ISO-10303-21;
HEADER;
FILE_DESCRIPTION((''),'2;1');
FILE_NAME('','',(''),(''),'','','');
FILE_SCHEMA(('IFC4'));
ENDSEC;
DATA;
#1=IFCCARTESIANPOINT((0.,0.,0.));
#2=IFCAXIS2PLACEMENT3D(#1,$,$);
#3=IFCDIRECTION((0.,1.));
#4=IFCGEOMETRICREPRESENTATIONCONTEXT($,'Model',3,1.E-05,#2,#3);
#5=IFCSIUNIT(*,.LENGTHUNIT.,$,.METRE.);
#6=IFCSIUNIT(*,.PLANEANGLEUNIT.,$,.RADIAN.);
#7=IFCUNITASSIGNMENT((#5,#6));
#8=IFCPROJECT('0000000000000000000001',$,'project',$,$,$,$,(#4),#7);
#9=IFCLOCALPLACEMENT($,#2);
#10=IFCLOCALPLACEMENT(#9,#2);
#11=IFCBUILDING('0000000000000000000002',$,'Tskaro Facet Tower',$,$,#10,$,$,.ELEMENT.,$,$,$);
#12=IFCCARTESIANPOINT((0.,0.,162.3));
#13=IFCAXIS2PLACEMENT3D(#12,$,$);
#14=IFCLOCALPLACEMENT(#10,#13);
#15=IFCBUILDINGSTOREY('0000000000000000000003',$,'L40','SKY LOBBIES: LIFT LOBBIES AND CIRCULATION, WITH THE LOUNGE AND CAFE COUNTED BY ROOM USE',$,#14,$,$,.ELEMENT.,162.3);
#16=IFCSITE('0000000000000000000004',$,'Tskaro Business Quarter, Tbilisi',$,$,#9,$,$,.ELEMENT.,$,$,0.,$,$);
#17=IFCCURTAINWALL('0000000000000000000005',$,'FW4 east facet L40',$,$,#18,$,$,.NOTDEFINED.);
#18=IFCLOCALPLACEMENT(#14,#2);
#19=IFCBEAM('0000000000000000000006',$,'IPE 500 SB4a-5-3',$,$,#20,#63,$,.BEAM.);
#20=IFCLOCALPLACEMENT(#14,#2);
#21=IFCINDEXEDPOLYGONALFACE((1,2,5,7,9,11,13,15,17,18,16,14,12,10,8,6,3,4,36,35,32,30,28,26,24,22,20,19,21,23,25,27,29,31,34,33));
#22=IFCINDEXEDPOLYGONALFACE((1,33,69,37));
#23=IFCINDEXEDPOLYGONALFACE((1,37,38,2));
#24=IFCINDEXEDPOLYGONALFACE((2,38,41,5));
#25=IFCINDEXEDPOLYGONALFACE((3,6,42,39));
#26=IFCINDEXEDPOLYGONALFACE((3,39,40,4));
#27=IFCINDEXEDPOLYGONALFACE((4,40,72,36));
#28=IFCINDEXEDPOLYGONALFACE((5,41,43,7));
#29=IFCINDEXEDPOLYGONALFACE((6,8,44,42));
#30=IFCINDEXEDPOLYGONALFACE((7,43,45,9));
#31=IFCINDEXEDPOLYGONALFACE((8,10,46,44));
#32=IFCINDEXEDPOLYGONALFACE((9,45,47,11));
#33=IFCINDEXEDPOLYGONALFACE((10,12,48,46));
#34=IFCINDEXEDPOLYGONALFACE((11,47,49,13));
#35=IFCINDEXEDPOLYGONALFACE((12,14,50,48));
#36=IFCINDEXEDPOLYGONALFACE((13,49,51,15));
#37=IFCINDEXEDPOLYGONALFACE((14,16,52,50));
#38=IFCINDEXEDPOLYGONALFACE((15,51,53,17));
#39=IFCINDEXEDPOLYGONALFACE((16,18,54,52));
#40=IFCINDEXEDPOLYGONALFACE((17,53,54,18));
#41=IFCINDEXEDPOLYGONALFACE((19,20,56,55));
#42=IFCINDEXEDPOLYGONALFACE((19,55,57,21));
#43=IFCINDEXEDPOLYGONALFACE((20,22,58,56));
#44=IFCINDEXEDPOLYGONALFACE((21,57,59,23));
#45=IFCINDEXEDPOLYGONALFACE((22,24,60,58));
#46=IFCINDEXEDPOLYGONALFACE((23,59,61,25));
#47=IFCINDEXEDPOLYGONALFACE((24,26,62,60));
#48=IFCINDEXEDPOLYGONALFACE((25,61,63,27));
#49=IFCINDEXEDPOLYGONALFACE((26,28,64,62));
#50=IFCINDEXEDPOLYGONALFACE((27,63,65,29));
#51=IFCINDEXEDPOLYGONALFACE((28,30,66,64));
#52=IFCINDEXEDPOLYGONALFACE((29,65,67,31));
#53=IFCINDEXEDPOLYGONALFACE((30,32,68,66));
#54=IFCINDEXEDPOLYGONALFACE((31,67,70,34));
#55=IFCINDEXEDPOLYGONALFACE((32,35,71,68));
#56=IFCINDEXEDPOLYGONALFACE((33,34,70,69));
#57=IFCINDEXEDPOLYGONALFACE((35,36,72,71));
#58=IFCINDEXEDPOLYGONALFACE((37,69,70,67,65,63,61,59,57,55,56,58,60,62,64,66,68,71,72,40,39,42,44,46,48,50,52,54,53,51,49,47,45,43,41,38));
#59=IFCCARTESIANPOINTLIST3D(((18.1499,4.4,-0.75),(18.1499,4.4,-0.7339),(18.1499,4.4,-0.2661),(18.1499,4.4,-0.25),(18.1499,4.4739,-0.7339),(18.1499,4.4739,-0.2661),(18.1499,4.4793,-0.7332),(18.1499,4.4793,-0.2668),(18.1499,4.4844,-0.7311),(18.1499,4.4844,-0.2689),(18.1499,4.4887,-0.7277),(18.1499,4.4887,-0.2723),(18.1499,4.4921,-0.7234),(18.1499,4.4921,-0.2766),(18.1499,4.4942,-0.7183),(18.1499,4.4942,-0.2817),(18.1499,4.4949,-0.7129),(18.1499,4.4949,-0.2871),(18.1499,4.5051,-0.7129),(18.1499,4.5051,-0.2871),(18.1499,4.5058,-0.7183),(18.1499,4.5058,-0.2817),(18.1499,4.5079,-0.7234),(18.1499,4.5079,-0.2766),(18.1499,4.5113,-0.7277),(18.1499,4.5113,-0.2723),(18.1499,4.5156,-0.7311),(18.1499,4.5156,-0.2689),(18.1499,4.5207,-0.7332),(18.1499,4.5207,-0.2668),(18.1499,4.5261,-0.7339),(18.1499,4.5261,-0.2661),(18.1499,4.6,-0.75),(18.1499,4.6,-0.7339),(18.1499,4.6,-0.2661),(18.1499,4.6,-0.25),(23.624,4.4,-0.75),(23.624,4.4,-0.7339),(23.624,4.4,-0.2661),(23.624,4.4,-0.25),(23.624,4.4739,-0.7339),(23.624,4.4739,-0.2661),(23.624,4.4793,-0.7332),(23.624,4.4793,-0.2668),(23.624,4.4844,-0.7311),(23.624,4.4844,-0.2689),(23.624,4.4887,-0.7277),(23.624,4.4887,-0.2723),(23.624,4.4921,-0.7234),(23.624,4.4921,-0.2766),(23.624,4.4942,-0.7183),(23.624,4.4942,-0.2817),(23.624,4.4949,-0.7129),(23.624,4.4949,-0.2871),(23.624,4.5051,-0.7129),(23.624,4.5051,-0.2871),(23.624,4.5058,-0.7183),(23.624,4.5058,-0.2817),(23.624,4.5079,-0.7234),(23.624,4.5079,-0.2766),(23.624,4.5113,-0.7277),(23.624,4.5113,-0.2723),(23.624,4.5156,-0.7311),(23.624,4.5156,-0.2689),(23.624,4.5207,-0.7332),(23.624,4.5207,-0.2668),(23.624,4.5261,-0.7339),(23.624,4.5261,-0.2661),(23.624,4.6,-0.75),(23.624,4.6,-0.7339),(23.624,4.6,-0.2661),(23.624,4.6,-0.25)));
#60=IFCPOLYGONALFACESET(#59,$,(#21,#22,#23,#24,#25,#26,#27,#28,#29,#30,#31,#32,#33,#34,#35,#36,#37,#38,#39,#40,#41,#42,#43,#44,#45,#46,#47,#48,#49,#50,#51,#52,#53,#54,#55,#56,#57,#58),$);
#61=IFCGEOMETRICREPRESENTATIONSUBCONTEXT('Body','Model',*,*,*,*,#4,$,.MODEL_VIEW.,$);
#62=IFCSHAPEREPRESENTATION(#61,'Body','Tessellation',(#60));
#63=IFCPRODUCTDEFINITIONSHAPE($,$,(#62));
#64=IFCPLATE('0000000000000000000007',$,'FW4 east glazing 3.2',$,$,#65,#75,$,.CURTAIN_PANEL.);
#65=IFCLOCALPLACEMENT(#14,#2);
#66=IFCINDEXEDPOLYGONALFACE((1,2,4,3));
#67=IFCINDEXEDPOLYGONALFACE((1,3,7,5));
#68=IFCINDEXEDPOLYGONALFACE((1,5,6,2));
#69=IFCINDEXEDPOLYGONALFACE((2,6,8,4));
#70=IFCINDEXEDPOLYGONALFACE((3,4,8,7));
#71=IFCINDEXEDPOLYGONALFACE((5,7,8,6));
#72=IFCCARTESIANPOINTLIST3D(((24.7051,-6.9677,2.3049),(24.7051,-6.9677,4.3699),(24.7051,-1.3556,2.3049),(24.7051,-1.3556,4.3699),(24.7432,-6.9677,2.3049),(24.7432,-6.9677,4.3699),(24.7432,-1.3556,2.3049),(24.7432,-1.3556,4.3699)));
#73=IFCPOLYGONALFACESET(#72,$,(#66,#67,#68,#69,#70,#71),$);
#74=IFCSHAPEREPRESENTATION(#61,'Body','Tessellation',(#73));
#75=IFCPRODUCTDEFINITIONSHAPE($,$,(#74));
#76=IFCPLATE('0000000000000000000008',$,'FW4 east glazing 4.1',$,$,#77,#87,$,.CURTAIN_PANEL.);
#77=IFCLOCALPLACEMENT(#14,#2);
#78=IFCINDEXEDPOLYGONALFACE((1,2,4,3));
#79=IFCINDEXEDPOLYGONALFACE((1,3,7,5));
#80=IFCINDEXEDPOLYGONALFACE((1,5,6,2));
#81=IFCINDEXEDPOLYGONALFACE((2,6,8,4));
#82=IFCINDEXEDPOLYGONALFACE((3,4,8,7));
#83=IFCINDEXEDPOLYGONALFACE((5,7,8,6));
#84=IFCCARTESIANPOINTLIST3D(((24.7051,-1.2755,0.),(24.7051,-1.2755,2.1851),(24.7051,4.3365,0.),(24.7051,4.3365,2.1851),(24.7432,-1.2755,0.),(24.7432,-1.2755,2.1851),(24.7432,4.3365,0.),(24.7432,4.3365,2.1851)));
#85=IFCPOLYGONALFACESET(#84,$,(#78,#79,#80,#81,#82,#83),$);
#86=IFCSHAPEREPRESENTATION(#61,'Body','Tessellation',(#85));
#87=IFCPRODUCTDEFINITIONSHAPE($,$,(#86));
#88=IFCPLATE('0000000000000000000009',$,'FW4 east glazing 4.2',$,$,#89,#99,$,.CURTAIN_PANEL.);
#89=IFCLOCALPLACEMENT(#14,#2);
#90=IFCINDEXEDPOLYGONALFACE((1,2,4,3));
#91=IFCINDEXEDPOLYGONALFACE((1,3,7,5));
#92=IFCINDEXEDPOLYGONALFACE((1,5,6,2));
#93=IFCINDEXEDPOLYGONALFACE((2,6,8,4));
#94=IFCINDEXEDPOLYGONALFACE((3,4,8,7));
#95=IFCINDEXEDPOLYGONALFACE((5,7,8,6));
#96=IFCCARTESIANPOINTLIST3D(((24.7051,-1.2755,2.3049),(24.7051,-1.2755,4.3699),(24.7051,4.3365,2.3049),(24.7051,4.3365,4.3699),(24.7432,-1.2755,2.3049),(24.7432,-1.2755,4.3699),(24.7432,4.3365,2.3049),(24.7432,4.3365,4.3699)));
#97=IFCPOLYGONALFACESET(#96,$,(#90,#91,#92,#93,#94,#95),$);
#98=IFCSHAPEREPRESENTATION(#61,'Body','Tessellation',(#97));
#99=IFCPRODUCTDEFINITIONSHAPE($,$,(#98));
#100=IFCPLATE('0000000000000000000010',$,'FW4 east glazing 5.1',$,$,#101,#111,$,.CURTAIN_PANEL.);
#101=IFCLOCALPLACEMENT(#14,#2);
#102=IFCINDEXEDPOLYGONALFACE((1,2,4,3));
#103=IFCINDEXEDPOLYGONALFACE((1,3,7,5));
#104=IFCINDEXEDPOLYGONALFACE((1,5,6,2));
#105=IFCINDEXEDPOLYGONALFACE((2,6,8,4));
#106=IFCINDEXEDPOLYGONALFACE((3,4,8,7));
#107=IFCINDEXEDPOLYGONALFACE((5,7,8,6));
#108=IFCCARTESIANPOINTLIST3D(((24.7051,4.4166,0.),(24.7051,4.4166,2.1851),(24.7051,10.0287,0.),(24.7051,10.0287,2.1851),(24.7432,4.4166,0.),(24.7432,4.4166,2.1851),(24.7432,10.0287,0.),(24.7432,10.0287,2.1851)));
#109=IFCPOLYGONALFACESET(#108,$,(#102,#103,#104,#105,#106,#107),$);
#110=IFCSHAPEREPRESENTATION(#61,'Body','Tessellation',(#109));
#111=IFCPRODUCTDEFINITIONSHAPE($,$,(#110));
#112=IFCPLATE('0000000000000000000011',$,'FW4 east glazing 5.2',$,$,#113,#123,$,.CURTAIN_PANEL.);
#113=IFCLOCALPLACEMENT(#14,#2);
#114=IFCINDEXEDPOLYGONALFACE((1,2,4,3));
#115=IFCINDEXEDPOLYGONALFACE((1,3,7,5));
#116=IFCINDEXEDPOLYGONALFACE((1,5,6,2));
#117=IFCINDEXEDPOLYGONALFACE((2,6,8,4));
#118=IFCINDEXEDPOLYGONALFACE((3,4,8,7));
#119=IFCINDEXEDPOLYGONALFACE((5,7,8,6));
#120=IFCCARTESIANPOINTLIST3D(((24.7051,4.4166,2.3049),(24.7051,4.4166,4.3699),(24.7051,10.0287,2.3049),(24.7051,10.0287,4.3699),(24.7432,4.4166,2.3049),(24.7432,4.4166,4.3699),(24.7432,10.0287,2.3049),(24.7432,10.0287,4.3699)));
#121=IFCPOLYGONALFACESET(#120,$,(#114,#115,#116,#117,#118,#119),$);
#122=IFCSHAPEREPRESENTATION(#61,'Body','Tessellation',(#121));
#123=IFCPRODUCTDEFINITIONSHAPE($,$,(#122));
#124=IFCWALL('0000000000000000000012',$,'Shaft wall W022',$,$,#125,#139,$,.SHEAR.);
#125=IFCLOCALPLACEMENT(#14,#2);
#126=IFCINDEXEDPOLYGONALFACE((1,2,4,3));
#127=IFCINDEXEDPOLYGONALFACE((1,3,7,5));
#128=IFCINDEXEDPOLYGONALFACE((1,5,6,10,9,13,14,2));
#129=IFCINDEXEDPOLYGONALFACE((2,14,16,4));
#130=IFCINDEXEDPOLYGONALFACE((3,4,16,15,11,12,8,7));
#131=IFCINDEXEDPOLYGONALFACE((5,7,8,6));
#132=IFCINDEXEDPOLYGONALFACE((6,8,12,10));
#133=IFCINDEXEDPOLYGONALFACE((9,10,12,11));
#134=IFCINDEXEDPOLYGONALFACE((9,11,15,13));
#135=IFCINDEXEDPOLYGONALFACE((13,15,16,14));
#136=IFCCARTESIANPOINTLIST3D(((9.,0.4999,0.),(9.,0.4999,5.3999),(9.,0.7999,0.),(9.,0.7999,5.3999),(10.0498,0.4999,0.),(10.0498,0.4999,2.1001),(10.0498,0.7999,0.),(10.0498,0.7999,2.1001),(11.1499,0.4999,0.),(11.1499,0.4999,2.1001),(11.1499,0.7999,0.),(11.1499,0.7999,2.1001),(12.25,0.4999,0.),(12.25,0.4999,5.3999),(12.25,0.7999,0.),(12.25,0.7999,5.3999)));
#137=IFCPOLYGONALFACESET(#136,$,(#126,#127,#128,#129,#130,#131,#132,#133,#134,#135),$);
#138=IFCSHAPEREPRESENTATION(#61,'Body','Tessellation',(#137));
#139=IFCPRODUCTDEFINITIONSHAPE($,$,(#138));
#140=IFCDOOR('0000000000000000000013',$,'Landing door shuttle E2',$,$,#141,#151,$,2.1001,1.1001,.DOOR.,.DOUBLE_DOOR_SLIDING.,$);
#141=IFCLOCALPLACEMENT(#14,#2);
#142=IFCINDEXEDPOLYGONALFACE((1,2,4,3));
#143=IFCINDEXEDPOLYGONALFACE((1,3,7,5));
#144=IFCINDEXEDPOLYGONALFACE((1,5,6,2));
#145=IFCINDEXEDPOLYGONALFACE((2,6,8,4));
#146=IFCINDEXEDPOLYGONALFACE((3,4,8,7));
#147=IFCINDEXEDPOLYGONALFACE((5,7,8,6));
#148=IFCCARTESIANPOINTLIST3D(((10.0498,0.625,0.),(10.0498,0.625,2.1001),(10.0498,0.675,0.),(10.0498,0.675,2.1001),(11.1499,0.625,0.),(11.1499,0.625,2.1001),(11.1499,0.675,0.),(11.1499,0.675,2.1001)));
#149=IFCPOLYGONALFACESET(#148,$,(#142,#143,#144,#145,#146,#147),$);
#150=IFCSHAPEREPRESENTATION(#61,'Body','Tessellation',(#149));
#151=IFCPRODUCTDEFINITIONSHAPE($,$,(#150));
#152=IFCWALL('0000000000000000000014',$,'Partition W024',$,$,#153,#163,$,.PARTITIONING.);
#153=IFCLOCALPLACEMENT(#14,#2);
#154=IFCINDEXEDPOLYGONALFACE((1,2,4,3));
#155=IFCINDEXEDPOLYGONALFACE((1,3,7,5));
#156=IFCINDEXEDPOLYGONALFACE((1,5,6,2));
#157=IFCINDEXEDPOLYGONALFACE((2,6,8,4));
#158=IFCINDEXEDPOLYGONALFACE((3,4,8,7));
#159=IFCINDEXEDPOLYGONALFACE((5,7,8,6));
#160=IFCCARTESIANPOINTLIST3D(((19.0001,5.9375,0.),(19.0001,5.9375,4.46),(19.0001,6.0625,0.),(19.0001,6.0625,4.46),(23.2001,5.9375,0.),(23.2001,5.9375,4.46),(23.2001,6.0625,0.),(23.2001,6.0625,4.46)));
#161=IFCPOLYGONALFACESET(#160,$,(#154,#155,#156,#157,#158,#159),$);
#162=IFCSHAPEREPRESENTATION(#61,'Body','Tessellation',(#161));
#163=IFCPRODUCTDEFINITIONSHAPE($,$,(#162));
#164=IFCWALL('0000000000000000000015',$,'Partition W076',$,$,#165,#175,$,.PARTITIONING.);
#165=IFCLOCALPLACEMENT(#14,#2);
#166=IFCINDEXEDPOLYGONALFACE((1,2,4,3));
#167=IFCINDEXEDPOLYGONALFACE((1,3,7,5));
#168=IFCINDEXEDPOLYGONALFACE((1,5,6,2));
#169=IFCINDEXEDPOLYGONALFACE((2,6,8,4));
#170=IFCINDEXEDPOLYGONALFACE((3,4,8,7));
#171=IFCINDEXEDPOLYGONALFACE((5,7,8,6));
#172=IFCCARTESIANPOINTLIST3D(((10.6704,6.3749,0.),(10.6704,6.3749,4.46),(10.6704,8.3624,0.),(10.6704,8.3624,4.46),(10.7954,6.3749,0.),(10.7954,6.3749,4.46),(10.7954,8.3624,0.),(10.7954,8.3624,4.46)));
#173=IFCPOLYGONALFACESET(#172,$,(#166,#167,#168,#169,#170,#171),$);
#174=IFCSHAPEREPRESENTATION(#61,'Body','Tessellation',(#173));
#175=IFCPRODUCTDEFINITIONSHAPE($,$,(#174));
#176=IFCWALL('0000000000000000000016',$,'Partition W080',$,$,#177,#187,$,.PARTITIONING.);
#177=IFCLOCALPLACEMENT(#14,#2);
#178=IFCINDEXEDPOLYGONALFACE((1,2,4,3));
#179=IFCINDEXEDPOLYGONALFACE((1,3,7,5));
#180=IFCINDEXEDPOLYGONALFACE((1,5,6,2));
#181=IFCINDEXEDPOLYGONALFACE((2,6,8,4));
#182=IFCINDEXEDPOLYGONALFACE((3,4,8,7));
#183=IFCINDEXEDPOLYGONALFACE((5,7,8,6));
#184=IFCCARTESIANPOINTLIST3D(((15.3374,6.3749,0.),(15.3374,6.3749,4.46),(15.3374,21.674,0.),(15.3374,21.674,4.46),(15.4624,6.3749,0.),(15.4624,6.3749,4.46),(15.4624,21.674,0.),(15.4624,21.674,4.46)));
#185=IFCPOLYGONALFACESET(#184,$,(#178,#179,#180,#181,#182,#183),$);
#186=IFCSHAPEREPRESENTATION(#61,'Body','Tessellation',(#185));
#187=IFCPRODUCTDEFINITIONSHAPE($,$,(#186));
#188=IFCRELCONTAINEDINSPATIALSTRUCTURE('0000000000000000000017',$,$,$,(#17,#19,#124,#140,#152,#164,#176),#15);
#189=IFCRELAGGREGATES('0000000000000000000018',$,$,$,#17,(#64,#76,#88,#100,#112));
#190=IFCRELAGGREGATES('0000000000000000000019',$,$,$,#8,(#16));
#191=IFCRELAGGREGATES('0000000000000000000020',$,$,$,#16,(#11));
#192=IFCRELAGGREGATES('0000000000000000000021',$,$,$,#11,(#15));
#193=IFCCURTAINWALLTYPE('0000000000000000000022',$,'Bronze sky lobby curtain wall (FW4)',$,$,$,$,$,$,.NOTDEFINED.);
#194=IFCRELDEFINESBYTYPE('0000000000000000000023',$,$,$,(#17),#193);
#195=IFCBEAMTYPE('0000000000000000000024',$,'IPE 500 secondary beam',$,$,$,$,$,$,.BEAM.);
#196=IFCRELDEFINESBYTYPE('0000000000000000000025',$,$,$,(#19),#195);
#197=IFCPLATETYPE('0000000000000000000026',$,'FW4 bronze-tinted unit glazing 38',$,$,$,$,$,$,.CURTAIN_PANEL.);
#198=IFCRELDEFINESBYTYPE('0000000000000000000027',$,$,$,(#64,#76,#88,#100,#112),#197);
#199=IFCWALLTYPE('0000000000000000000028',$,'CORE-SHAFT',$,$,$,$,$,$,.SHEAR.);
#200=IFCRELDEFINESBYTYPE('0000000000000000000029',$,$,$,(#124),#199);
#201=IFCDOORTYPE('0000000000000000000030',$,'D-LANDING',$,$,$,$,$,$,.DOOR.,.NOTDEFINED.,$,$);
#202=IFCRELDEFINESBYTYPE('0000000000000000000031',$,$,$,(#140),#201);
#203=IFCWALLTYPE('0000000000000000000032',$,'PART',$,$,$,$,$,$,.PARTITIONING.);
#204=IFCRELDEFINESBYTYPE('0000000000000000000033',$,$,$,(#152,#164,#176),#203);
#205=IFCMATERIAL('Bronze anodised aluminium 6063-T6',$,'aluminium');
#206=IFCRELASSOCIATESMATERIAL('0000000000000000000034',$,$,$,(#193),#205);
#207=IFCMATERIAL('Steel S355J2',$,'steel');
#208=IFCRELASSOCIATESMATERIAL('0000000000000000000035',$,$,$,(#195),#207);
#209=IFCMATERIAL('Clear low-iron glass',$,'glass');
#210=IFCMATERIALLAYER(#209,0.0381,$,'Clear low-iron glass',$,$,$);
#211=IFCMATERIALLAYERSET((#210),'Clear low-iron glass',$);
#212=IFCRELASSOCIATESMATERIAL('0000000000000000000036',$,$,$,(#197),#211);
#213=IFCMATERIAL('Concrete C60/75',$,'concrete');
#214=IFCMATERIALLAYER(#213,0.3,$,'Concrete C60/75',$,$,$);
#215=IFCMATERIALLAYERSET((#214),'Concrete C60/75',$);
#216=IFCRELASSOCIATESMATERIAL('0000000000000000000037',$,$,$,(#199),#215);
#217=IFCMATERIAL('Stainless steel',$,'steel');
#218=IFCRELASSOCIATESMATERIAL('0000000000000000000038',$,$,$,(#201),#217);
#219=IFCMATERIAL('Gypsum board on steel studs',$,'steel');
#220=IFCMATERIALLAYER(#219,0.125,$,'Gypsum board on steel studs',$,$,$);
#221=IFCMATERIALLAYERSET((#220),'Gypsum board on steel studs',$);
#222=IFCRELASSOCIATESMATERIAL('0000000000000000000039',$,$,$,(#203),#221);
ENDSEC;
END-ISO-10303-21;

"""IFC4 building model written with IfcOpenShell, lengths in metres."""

from ifc_helpers import new_model, si_unit, direction, frame, frame_2d, origin, origin_2d, place, context, subcontext, project, spatial, rectangle, i_section, extrude, material, layer, layer_set, material_profile, profile_set, type_object, element, fill, aggregate, save


model = new_model("IFC4")

# Units and contexts
model_context = context("Model", 3, precision=1e-05, world=origin(), true_north=direction((0.0, 1.0)))
body_context = subcontext(model_context, "Body", "Model", "MODEL_VIEW")
ifc_project = project(units=[si_unit("LENGTHUNIT", "METRE"), si_unit("PLANEANGLEUNIT", "RADIAN")], contexts=[model_context])

# Site, building, storey
site_placement = place(None, origin())
site = spatial("IfcSite", under=ifc_project, at=site_placement, Name="Tskaro Business Quarter, Tbilisi", CompositionType="ELEMENT", RefElevation=0.0)
building_placement = place(site_placement, origin())
building = spatial("IfcBuilding", under=site, at=building_placement, Name="Tskaro Facet Tower", CompositionType="ELEMENT")
storey_placement = place(building_placement, frame((0.0, 0.0, 162.3)))
storey = spatial("IfcBuildingStorey", under=building, at=storey_placement, Name="L40", Description="SKY LOBBIES: LIFT LOBBIES AND CIRCULATION, WITH THE LOUNGE AND CAFE COUNTED BY ROOM USE", CompositionType="ELEMENT", Elevation=162.3)

# Curtain wall
ifc_material_1 = material(Name="Bronze anodised aluminium 6063-T6", Category="aluminium")
curtain_wall_type = type_object("IfcCurtainWallType", Name="Bronze sky lobby curtain wall (FW4)", PredefinedType="NOTDEFINED", material=ifc_material_1)
curtain_wall_placement = place(storey_placement, origin())
curtain_wall = element("IfcCurtainWall", 1, at=curtain_wall_placement, inside=storey, type_object=curtain_wall_type, Name="FW4 east facet L40", PredefinedType="NOTDEFINED")

# Beam
ifc_material_2 = material(Name="Steel S355J2", Category="steel")
ifc_material_profile_1 = material_profile(ifc_material_2, i_section(OverallWidth=0.2, OverallDepth=0.5, WebThickness=0.0103, FlangeThickness=0.0161, FilletRadius=0.021, at=origin_2d()), Name="IPE 500")
ifc_profile_set_1 = profile_set([ifc_material_profile_1], Name="Steel S355J2")
beam_type_1 = type_object("IfcBeamType", Name="IPE 500 secondary beam", PredefinedType="BEAM", material=ifc_profile_set_1)
beam_1_placement = place(storey_placement, frame((18.1499, 4.5, -0.5), z_axis=(1.0, 0.0, 0.0), x_axis=(0.0, 1.0, 0.0)))
element("IfcBeam", 2, at=beam_1_placement, inside=storey, type_object=beam_type_1, Name="IPE 500 SB4a-5-3", PredefinedType="BEAM", context=body_context, shape_type="SweptSolid", body=[
    extrude(i_section(OverallWidth=0.2, OverallDepth=0.5, WebThickness=0.0103, FlangeThickness=0.0161, FilletRadius=0.021, at=origin_2d()), origin(), (0.0, 0.0, 1.0), 5.4741),
])

# Plates
ifc_material_3 = material(Name="Clear low-iron glass", Category="glass")
ifc_layer_1 = layer(ifc_material_3, 0.0381, Name="Clear low-iron glass")
ifc_layer_set_1 = layer_set([ifc_layer_1], Name="Clear low-iron glass")
plate_type = type_object("IfcPlateType", Name="FW4 bronze-tinted unit glazing 38", PredefinedType="CURTAIN_PANEL", material=ifc_layer_set_1)
plate_1_placement = place(storey_placement, frame((24.7241, -4.1616, 2.3049), z_axis=(0.0, 0.0, 1.0), x_axis=(0.0, 1.0, 0.0)))
plate_1 = element("IfcPlate", 3, at=plate_1_placement, type_object=plate_type, Name="FW4 east glazing 3.2", PredefinedType="CURTAIN_PANEL", context=body_context, shape_type="SweptSolid", body=[
    extrude(rectangle(XDim=5.6121, YDim=0.0381, at=origin_2d()), origin(), (0.0, 0.0, 1.0), 2.0649),
])
plate_2_placement = place(storey_placement, frame((24.7241, 1.5305, 0.0), z_axis=(0.0, 0.0, 1.0), x_axis=(0.0, 1.0, 0.0)))
plate_2 = element("IfcPlate", 4, at=plate_2_placement, type_object=plate_type, Name="FW4 east glazing 4.1", PredefinedType="CURTAIN_PANEL", context=body_context, shape_type="SweptSolid", body=[
    extrude(rectangle(XDim=5.6121, YDim=0.0381, at=origin_2d()), origin(), (0.0, 0.0, 1.0), 2.1851),
])
plate_3_placement = place(storey_placement, frame((24.7241, 1.5305, 2.3049), z_axis=(0.0, 0.0, 1.0), x_axis=(0.0, 1.0, 0.0)))
plate_3 = element("IfcPlate", 5, at=plate_3_placement, type_object=plate_type, Name="FW4 east glazing 4.2", PredefinedType="CURTAIN_PANEL", context=body_context, shape_type="SweptSolid", body=[
    extrude(rectangle(XDim=5.6121, YDim=0.0381, at=origin_2d()), origin(), (0.0, 0.0, 1.0), 2.0649),
])
plate_4_placement = place(storey_placement, frame((24.7241, 7.2227, 0.0), z_axis=(0.0, 0.0, 1.0), x_axis=(0.0, 1.0, 0.0)))
plate_4 = element("IfcPlate", 6, at=plate_4_placement, type_object=plate_type, Name="FW4 east glazing 5.1", PredefinedType="CURTAIN_PANEL", context=body_context, shape_type="SweptSolid", body=[
    extrude(rectangle(XDim=5.6121, YDim=0.0381, at=origin_2d()), origin(), (0.0, 0.0, 1.0), 2.1851),
])
plate_5_placement = place(storey_placement, frame((24.7241, 7.2227, 2.3049), z_axis=(0.0, 0.0, 1.0), x_axis=(0.0, 1.0, 0.0)))
plate_5 = element("IfcPlate", 7, at=plate_5_placement, type_object=plate_type, Name="FW4 east glazing 5.2", PredefinedType="CURTAIN_PANEL", context=body_context, shape_type="SweptSolid", body=[
    extrude(rectangle(XDim=5.6121, YDim=0.0381, at=origin_2d()), origin(), (0.0, 0.0, 1.0), 2.0649),
])
aggregate(curtain_wall, [plate_1, plate_2, plate_3, plate_4, plate_5])

# Wall, opening, door
ifc_material_4 = material(Name="Concrete C60/75", Category="concrete")
ifc_layer_2 = layer(ifc_material_4, 0.3, Name="Concrete C60/75")
ifc_layer_set_2 = layer_set([ifc_layer_2], Name="Concrete C60/75")
wall_type_1 = type_object("IfcWallType", Name="CORE-SHAFT", PredefinedType="SHEAR", material=ifc_layer_set_2)
wall_1_placement = place(storey_placement, frame((12.25, 0.6499, 0.0), z_axis=(0.0, 0.0, 1.0), x_axis=(-1.0, 0.0, 0.0)))
wall_1 = element("IfcWall", 8, at=wall_1_placement, inside=storey, type_object=wall_type_1, Name="Shaft wall W022", PredefinedType="SHEAR", context=body_context, shape_type="SweptSolid", body=[
    extrude(rectangle(XDim=3.25, YDim=0.3, at=frame_2d((1.625, 0.0))), origin(), (0.0, 0.0, 1.0), 5.3999),
])
opening_1_placement = place(wall_1_placement, frame((1.1001, 0.0, 0.0)))
opening_1 = element("IfcOpeningElement", 9, at=opening_1_placement, cuts=wall_1, PredefinedType="OPENING", context=body_context, shape_type="SweptSolid", body=[
    extrude(rectangle(XDim=1.1001, YDim=2.1001, at=frame_2d((0.55, 1.05))), frame((0.0, 0.1599, 0.0), z_axis=(0.0, -1.0, 0.0), x_axis=(1.0, 0.0, 0.0)), (0.0, 0.0, 1.0), 0.3201),
])
ifc_material_5 = material(Name="Stainless steel", Category="steel")
door_type_1 = type_object("IfcDoorType", Name="D-LANDING", OperationType="NOTDEFINED", PredefinedType="DOOR", material=ifc_material_5)
door_1_placement = place(opening_1_placement, origin())
door_1 = element("IfcDoor", 10, at=door_1_placement, inside=storey, type_object=door_type_1, Name="Landing door shuttle E2", OperationType="DOUBLE_DOOR_SLIDING", OverallHeight=2.1001, OverallWidth=1.1001, PredefinedType="DOOR", context=body_context, shape_type="SweptSolid", body=[
    extrude(rectangle(XDim=1.1001, YDim=2.1001, at=frame_2d((0.55, 1.05))), frame((0.0, 0.0249, 0.0), z_axis=(0.0, -1.0, 0.0), x_axis=(1.0, 0.0, 0.0)), (0.0, 0.0, 1.0), 0.05),
])
fill(opening_1, door_1)

# Walls
ifc_material_6 = material(Name="Gypsum board on steel studs", Category="steel")
ifc_layer_3 = layer(ifc_material_6, 0.125, Name="Gypsum board on steel studs")
ifc_layer_set_3 = layer_set([ifc_layer_3], Name="Gypsum board on steel studs")
wall_type_2 = type_object("IfcWallType", Name="PART", PredefinedType="PARTITIONING", material=ifc_layer_set_3)
wall_2_placement = place(storey_placement, frame((19.0, 6.0, 0.0), z_axis=(0.0, 0.0, 1.0), x_axis=(1.0, 0.0, 0.0)))
element("IfcWall", 11, at=wall_2_placement, inside=storey, type_object=wall_type_2, Name="Partition W024", PredefinedType="PARTITIONING", context=body_context, shape_type="SweptSolid", body=[
    extrude(rectangle(XDim=4.2, YDim=0.125, at=frame_2d((2.1001, 0.0))), origin(), (0.0, 0.0, 1.0), 4.46),
])
wall_3_placement = place(storey_placement, frame((10.7329, 6.375, 0.0), z_axis=(0.0, 0.0, 1.0), x_axis=(0.0, 1.0, 0.0)))
element("IfcWall", 12, at=wall_3_placement, inside=storey, type_object=wall_type_2, Name="Partition W076", PredefinedType="PARTITIONING", context=body_context, shape_type="SweptSolid", body=[
    extrude(rectangle(XDim=1.9875, YDim=0.125, at=frame_2d((0.9937, 0.0))), origin(), (0.0, 0.0, 1.0), 4.46),
])
wall_4_placement = place(storey_placement, frame((15.3999, 6.375, 0.0), z_axis=(0.0, 0.0, 1.0), x_axis=(0.0, 1.0, 0.0)))
element("IfcWall", 13, at=wall_4_placement, inside=storey, type_object=wall_type_2, Name="Partition W080", PredefinedType="PARTITIONING", context=body_context, shape_type="SweptSolid", body=[
    extrude(rectangle(XDim=15.2991, YDim=0.125, at=frame_2d((7.6494, 0.0))), origin(), (0.0, 0.0, 1.0), 4.46),
])

save(model, "model.ifc")
